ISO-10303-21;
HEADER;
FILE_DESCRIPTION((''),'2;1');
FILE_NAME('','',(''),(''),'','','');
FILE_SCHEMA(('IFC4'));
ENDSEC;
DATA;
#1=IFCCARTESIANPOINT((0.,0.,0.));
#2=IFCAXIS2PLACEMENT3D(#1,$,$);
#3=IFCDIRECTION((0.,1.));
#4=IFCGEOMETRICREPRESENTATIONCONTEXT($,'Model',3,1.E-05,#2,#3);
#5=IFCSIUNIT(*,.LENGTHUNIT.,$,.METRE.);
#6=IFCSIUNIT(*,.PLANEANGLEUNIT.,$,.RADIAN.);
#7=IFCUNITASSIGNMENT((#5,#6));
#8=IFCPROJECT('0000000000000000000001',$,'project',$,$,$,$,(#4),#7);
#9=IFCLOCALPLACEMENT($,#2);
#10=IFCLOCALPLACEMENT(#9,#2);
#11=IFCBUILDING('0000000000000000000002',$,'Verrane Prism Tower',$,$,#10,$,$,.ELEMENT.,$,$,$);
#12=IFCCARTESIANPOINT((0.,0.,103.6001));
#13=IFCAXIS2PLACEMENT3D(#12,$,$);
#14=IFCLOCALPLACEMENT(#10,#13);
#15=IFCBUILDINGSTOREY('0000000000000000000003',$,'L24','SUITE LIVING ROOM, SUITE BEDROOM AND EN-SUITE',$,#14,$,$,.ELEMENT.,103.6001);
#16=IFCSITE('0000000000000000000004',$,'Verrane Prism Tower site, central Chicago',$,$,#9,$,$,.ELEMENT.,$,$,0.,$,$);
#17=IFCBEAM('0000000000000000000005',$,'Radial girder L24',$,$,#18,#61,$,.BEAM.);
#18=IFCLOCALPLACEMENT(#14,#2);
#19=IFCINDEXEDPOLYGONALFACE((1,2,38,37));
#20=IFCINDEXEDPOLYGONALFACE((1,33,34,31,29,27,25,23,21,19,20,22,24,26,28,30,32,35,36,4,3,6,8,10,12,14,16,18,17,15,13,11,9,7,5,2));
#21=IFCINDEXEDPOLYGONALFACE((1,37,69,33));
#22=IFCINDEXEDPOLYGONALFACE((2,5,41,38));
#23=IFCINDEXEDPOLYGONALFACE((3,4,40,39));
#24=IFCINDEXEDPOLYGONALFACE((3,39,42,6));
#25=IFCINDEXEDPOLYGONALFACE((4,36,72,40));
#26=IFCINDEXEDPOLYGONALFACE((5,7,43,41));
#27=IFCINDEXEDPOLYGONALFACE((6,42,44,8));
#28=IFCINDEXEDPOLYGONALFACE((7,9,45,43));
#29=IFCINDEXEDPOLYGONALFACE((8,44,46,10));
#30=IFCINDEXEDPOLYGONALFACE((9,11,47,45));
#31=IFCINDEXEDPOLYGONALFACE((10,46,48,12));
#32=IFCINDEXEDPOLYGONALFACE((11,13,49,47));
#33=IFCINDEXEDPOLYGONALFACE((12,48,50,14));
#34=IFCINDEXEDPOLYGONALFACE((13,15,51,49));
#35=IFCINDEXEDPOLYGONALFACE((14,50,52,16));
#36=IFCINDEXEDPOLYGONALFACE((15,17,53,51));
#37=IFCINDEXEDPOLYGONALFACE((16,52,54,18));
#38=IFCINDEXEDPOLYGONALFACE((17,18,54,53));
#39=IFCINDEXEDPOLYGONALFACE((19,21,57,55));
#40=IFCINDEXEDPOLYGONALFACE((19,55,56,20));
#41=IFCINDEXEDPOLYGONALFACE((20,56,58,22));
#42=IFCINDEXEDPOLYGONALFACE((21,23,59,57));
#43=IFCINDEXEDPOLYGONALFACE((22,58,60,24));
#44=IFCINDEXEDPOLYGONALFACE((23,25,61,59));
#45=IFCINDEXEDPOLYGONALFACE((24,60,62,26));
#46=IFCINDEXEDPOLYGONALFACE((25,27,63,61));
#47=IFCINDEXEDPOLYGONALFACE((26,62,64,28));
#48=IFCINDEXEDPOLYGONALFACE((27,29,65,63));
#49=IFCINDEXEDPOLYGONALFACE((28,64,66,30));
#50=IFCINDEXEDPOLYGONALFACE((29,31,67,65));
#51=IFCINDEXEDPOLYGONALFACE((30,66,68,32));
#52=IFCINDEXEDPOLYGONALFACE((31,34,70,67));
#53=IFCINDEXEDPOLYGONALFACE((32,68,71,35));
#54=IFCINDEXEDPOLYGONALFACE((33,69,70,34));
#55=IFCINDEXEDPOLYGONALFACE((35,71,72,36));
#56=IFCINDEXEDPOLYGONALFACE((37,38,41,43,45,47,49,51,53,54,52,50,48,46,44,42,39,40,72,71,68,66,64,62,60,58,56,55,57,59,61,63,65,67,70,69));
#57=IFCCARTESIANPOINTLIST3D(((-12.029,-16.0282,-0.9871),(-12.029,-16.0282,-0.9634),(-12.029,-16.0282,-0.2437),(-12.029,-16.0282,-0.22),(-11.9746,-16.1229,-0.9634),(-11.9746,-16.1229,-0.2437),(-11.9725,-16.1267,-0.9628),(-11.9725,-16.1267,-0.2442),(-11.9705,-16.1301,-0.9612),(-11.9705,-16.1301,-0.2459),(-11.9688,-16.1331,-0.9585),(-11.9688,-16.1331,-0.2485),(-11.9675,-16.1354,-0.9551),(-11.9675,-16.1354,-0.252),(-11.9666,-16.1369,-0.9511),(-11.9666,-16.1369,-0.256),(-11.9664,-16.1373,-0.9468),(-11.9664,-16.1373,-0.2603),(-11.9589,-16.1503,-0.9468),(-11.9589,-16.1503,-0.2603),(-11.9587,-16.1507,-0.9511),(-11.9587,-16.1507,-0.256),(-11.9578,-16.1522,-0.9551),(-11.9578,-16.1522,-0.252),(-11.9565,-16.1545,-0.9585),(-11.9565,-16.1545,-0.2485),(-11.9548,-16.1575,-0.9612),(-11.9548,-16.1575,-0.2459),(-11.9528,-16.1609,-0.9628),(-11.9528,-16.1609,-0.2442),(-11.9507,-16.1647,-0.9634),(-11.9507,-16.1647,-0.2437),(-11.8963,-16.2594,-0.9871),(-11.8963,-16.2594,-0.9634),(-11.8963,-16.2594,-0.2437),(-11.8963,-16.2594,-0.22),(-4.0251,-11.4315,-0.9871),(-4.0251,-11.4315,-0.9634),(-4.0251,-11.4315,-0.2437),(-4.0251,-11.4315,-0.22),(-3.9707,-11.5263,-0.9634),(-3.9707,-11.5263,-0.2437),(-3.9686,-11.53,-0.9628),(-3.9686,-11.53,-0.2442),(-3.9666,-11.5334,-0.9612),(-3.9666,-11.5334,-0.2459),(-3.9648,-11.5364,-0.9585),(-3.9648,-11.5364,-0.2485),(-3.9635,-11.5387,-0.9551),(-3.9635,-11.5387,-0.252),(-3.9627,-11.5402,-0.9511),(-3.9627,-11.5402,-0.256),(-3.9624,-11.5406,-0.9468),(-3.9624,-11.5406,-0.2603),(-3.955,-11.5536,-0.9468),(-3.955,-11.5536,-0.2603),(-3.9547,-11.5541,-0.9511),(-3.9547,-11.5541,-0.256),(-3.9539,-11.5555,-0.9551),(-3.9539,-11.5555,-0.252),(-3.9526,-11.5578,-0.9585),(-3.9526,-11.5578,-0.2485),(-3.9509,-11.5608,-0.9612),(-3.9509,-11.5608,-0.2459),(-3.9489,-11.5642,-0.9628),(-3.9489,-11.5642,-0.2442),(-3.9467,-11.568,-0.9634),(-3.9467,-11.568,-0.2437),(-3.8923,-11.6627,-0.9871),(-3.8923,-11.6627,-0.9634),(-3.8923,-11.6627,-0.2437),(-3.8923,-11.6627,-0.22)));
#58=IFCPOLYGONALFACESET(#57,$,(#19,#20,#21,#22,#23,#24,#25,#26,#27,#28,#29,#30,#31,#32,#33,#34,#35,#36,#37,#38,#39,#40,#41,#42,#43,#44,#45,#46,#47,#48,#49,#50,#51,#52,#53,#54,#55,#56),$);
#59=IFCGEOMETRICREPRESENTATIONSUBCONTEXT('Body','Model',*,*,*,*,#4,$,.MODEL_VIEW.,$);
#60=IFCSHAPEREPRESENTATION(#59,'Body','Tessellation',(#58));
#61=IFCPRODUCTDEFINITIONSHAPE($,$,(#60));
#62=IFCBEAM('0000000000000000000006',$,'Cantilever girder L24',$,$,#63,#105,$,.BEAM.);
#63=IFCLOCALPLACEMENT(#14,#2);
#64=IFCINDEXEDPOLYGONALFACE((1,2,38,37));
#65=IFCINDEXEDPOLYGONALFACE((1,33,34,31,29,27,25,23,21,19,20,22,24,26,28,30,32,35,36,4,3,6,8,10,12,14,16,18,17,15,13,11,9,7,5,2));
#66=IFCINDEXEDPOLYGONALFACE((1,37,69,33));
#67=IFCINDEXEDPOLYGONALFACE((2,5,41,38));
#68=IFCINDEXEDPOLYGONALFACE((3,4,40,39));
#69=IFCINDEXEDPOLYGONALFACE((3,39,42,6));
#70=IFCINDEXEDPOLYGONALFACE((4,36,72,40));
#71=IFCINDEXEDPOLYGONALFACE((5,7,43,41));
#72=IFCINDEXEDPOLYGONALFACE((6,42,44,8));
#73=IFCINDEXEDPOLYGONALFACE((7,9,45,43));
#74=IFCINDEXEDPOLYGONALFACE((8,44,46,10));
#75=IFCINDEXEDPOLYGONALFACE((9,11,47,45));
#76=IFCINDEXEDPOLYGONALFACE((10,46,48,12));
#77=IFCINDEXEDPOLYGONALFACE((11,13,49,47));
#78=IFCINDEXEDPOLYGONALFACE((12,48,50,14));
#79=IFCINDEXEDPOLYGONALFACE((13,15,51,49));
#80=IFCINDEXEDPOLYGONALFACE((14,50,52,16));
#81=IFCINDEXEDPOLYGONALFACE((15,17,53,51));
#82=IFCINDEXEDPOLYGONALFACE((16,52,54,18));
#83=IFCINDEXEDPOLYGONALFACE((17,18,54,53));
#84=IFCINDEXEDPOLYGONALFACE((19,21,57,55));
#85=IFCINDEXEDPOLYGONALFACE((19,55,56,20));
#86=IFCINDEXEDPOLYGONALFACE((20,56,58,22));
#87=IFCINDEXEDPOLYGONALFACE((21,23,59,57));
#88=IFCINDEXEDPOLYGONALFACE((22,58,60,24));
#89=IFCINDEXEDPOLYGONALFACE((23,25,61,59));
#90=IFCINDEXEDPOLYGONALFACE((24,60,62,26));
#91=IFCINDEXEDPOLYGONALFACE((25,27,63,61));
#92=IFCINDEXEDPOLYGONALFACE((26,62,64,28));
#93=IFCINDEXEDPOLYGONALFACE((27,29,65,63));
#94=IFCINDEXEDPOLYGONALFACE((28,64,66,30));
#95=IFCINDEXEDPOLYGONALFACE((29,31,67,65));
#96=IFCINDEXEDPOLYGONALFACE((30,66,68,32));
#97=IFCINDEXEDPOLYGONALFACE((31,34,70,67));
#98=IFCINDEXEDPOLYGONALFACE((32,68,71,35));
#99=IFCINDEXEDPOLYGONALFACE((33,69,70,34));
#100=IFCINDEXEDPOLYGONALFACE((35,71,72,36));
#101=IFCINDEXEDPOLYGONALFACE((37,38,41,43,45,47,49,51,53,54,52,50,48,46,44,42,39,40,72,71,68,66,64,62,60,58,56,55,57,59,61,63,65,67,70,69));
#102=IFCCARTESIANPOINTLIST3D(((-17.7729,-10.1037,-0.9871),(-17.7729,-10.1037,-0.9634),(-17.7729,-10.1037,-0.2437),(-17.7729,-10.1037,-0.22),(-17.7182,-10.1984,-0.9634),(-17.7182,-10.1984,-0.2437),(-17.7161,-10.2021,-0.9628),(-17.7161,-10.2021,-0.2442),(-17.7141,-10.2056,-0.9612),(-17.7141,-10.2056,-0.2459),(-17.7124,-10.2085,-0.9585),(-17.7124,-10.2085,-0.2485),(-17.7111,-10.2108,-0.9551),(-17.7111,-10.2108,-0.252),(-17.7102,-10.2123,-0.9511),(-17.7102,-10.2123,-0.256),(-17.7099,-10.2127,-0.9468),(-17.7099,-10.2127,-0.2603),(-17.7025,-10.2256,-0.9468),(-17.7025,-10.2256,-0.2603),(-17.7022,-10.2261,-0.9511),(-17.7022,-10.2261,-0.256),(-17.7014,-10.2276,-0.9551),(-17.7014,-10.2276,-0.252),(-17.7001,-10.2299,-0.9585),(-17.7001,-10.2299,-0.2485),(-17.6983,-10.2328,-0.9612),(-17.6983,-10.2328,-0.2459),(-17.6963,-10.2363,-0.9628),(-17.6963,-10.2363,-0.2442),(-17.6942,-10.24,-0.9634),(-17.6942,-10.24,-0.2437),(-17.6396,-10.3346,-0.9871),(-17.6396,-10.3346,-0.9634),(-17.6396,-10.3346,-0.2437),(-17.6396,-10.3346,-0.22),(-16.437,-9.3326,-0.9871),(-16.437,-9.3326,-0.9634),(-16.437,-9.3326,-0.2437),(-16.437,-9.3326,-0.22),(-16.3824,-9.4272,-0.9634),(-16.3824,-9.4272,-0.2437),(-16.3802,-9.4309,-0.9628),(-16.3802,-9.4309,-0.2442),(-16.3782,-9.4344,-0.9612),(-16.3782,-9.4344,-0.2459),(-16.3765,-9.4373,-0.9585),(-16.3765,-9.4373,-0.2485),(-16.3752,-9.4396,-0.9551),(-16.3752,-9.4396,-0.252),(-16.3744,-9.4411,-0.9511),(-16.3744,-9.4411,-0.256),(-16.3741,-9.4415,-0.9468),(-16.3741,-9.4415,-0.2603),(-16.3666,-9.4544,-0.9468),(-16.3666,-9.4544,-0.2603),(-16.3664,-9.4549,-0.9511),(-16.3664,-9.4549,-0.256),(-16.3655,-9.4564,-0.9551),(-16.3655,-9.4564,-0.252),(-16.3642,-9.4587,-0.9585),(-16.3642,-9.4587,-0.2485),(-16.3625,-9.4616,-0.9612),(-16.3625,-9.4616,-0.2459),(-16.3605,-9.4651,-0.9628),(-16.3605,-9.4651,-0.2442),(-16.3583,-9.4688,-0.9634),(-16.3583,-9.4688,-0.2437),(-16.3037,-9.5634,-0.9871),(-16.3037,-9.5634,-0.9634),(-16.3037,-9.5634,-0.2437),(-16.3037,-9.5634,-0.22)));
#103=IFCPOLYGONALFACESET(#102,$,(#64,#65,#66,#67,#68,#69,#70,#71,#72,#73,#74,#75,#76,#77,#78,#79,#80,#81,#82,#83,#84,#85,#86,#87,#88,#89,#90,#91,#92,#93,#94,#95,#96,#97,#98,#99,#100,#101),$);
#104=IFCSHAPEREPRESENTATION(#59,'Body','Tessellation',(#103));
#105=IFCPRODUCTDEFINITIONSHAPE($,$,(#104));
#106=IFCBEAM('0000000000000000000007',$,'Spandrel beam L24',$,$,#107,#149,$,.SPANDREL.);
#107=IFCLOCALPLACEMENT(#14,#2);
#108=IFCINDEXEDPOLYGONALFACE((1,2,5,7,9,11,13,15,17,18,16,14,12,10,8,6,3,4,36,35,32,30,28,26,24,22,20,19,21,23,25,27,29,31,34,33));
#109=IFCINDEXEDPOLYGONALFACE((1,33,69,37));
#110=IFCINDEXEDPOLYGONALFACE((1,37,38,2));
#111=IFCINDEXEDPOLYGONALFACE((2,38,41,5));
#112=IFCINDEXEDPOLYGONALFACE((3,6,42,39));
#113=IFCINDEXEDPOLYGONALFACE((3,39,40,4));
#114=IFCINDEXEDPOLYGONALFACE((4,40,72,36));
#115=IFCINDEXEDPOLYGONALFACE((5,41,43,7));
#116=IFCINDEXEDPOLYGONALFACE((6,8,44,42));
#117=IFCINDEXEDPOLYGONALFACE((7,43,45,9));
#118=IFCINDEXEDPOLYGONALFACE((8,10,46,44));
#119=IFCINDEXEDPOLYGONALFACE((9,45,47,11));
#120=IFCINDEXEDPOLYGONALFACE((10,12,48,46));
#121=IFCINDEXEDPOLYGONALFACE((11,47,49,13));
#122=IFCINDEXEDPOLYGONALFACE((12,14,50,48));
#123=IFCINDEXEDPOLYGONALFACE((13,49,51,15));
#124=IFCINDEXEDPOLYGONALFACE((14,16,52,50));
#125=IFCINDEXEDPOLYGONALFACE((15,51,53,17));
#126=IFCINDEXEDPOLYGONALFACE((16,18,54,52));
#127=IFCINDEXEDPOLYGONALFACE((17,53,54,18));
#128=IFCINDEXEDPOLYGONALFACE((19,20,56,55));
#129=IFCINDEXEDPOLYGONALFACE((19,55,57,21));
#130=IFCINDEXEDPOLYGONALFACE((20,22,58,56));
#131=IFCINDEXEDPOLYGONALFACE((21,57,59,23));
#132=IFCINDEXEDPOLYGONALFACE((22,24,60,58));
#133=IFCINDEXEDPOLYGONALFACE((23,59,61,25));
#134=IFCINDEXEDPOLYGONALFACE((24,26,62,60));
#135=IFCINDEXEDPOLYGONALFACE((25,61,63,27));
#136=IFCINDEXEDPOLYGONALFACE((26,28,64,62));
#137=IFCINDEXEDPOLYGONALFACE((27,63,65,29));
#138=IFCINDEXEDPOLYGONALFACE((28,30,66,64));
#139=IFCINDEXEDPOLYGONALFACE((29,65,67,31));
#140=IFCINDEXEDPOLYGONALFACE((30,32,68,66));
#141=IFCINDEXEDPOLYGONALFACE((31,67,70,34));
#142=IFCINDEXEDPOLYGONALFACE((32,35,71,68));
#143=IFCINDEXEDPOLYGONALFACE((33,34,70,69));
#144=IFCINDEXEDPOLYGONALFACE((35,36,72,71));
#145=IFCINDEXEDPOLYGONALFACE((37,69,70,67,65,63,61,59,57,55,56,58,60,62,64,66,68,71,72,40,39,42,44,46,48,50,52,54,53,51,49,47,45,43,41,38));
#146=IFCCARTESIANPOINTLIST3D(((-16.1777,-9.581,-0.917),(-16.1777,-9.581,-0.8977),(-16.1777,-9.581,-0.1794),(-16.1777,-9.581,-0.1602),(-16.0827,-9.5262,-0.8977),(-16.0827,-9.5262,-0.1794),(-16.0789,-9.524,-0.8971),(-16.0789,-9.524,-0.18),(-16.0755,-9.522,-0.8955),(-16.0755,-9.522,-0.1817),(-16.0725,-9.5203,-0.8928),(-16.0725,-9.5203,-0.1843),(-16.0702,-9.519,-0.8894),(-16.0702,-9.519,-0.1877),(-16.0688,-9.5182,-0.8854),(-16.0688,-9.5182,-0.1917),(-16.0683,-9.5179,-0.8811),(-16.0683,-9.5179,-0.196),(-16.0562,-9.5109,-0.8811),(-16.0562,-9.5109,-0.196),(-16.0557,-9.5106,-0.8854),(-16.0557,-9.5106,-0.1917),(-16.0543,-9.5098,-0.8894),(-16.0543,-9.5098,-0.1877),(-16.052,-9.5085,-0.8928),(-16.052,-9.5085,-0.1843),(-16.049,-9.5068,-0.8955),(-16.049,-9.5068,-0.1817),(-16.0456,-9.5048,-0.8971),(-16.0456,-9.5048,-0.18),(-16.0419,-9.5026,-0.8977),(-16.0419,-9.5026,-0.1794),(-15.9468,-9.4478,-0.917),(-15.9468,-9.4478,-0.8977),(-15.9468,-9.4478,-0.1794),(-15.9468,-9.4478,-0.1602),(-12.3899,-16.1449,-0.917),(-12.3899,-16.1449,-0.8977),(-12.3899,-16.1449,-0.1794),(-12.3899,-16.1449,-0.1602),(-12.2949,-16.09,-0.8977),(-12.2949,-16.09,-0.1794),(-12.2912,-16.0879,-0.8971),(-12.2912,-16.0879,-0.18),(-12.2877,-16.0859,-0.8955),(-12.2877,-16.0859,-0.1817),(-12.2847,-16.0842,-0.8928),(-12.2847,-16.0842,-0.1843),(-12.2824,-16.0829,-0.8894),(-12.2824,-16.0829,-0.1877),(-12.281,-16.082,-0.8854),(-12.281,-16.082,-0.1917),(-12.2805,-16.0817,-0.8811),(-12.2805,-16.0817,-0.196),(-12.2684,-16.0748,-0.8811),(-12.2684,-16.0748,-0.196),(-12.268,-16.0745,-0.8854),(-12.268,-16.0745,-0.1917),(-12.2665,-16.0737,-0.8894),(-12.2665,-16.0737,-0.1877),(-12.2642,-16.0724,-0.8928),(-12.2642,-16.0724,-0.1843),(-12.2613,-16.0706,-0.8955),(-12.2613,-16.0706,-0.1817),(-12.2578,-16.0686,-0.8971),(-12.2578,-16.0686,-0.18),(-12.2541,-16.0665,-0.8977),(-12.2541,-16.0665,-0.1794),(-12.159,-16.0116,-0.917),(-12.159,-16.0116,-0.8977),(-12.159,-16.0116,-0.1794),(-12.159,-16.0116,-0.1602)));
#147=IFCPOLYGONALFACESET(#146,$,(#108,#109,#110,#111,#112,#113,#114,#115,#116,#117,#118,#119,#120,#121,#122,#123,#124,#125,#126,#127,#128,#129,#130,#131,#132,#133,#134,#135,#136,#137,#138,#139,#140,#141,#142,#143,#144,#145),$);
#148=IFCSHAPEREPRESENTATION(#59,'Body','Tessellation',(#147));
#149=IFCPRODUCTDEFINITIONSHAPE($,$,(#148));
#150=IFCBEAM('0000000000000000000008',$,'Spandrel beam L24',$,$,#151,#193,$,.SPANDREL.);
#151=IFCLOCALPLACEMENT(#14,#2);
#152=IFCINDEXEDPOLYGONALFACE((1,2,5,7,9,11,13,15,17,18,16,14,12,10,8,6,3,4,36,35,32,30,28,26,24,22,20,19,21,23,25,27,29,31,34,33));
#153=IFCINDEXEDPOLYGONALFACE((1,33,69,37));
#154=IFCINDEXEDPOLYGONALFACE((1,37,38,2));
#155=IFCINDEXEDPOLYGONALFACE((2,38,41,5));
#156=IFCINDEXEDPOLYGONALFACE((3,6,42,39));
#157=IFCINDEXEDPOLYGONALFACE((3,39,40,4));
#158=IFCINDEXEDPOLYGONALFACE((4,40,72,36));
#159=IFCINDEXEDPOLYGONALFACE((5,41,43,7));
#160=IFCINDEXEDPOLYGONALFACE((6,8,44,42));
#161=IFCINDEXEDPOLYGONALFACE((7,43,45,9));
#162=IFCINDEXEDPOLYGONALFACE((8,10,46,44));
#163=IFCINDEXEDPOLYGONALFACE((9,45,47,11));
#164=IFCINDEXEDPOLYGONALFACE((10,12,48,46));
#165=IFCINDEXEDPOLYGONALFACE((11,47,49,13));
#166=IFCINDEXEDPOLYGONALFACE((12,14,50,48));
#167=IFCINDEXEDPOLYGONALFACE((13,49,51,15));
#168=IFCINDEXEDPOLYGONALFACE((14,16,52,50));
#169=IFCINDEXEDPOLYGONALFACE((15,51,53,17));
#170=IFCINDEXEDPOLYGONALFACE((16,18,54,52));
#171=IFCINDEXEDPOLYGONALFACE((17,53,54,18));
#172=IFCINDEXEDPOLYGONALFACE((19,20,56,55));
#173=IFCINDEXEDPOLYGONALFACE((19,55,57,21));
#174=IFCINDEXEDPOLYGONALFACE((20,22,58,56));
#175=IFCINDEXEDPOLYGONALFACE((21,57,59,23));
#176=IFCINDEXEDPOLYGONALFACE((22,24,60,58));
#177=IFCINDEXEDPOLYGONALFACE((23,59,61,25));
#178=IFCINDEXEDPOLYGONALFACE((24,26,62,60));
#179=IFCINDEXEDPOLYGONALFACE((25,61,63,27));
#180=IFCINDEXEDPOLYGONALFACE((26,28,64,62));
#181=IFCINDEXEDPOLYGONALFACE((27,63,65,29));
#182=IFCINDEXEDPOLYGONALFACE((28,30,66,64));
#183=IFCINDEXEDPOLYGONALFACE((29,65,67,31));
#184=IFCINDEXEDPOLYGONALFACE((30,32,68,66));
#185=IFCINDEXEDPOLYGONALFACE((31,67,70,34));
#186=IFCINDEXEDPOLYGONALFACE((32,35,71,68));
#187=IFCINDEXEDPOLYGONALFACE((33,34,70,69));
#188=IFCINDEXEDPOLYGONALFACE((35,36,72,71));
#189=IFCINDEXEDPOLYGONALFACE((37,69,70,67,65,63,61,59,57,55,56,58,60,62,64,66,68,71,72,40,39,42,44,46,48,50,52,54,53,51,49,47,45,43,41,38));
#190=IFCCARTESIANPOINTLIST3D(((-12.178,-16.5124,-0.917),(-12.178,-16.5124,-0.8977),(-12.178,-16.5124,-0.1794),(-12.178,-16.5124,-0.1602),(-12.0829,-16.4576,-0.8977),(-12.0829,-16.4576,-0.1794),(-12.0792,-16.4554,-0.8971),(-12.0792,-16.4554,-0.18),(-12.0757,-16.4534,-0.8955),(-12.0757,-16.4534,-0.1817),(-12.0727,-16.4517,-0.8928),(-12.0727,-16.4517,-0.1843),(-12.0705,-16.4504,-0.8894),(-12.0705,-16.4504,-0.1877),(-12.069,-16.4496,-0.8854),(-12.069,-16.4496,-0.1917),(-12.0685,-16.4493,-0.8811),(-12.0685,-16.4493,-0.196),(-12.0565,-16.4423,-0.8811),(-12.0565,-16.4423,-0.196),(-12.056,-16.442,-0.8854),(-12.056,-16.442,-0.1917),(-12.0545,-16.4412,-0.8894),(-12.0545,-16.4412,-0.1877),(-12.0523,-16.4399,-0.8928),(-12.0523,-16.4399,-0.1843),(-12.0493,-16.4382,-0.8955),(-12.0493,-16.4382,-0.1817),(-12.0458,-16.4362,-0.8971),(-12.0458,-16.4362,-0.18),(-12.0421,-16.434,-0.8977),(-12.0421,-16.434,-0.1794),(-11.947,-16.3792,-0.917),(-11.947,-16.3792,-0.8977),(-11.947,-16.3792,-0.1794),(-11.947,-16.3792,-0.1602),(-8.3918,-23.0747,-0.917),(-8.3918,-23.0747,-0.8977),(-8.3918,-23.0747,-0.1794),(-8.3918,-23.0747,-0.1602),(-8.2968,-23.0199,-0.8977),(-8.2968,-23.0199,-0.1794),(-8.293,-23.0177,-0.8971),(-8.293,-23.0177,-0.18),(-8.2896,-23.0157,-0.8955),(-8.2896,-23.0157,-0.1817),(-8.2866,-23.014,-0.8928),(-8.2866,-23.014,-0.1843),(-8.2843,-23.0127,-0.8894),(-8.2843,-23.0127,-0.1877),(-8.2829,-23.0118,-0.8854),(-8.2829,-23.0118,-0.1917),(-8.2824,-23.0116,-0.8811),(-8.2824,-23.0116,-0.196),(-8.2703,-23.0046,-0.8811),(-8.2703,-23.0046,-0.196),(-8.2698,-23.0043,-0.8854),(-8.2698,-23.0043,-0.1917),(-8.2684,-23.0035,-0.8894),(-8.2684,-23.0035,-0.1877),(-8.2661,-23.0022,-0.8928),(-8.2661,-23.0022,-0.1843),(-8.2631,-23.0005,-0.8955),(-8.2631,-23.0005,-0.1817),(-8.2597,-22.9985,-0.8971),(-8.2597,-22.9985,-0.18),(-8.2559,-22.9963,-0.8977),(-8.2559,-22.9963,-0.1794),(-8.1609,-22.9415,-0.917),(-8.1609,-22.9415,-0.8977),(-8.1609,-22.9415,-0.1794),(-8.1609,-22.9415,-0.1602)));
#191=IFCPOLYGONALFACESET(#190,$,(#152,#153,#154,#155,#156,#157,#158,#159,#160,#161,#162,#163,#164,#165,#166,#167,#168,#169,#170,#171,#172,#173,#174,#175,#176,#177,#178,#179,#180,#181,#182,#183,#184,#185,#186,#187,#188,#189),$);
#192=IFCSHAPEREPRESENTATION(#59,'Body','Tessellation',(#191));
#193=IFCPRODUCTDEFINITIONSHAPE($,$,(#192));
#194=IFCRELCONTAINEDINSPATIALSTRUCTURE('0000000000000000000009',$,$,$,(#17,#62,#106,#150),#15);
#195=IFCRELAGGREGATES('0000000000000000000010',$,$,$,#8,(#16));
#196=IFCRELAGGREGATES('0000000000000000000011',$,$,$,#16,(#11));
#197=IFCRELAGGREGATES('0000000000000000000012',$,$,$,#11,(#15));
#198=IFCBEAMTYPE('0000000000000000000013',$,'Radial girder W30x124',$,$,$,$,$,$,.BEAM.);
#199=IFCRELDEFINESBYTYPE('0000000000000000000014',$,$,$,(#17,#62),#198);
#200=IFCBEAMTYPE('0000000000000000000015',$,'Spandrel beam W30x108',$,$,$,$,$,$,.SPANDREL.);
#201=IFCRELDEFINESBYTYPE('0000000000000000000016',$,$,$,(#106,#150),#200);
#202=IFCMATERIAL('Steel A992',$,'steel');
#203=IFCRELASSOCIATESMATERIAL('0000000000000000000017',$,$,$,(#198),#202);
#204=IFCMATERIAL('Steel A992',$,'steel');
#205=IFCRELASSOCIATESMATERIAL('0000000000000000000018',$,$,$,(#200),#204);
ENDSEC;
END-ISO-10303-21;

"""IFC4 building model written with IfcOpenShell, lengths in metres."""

from ifc_helpers import new_model, si_unit, direction, frame, origin, origin_2d, place, context, subcontext, project, spatial, i_section, extrude, material, material_profile, profile_set, type_object, element, save


model = new_model("IFC4")

# Units and contexts
model_context = context("Model", 3, precision=1e-05, world=origin(), true_north=direction((0.0, 1.0)))
body_context = subcontext(model_context, "Body", "Model", "MODEL_VIEW")
ifc_project = project(units=[si_unit("LENGTHUNIT", "METRE"), si_unit("PLANEANGLEUNIT", "RADIAN")], contexts=[model_context])

# Site, building, storey
site_placement = place(None, origin())
site = spatial("IfcSite", under=ifc_project, at=site_placement, Name="Verrane Prism Tower site, central Chicago", CompositionType="ELEMENT", RefElevation=0.0)
building_placement = place(site_placement, origin())
building = spatial("IfcBuilding", under=site, at=building_placement, Name="Verrane Prism Tower", CompositionType="ELEMENT")
storey_placement = place(building_placement, frame((0.0, 0.0, 103.6001)))
storey = spatial("IfcBuildingStorey", under=building, at=storey_placement, Name="L24", Description="SUITE LIVING ROOM, SUITE BEDROOM AND EN-SUITE", CompositionType="ELEMENT", Elevation=103.6001)

# Beams
ifc_material_1 = material(Name="Steel A992", Category="steel")
ifc_material_profile_1 = material_profile(ifc_material_1, i_section(OverallWidth=0.2666, OverallDepth=0.7671, WebThickness=0.0149, FlangeThickness=0.0237, FilletRadius=0.0166, at=origin_2d()), Name="W30x124")
ifc_profile_set_1 = profile_set([ifc_material_profile_1], Name="Steel A992")
beam_type_1 = type_object("IfcBeamType", Name="Radial girder W30x124", PredefinedType="BEAM", material=ifc_profile_set_1)
beam_1_placement = place(storey_placement, frame((-11.9626, -16.1438, -0.6035), z_axis=(0.867167, 0.498018, 0.0), x_axis=(-0.498018, 0.867167, 0.0)))
element("IfcBeam", 1, at=beam_1_placement, inside=storey, type_object=beam_type_1, Name="Radial girder L24", PredefinedType="BEAM", context=body_context, shape_type="SweptSolid", body=[
    extrude(i_section(OverallWidth=0.2666, OverallDepth=0.7671, WebThickness=0.0149, FlangeThickness=0.0237, FilletRadius=0.0166, at=origin_2d()), origin(), (0.0, 0.0, 1.0), 9.23),
])
beam_2_placement = place(storey_placement, frame((-16.3704, -9.448, -0.6035), z_axis=(-0.866043, -0.499969, 0.0), x_axis=(0.499969, -0.866043, 0.0)))
element("IfcBeam", 2, at=beam_2_placement, inside=storey, type_object=beam_type_1, Name="Cantilever girder L24", PredefinedType="BEAM", context=body_context, shape_type="SweptSolid", body=[
    extrude(i_section(OverallWidth=0.2666, OverallDepth=0.7671, WebThickness=0.0149, FlangeThickness=0.0237, FilletRadius=0.0166, at=origin_2d()), origin(), (0.0, 0.0, 1.0), 1.5425),
])
ifc_material_2 = material(Name="Steel A992", Category="steel")
ifc_material_profile_2 = material_profile(ifc_material_2, i_section(OverallWidth=0.2666, OverallDepth=0.7568, WebThickness=0.0139, FlangeThickness=0.0193, FilletRadius=0.0166, at=origin_2d()), Name="W30x108")
ifc_profile_set_2 = profile_set([ifc_material_profile_2], Name="Steel A992")
beam_type_2 = type_object("IfcBeamType", Name="Spandrel beam W30x108", PredefinedType="SPANDREL", material=ifc_profile_set_2)
beam_3_placement = place(storey_placement, frame((-16.0623, -9.5144, -0.5386), z_axis=(0.499815, -0.866132, 0.0), x_axis=(0.866132, 0.499815, 0.0)))
element("IfcBeam", 3, at=beam_3_placement, inside=storey, type_object=beam_type_2, Name="Spandrel beam L24", PredefinedType="SPANDREL", context=body_context, shape_type="SweptSolid", body=[
    extrude(i_section(OverallWidth=0.2666, OverallDepth=0.7568, WebThickness=0.0139, FlangeThickness=0.0193, FilletRadius=0.0166, at=origin_2d()), origin(), (0.0, 0.0, 1.0), 7.5784),
])
beam_4_placement = place(storey_placement, frame((-12.0625, -16.4458, -0.5386), z_axis=(0.499744, -0.866173, 0.0), x_axis=(0.866173, 0.499744, 0.0)))
element("IfcBeam", 4, at=beam_4_placement, inside=storey, type_object=beam_type_2, Name="Spandrel beam L24", PredefinedType="SPANDREL", context=body_context, shape_type="SweptSolid", body=[
    extrude(i_section(OverallWidth=0.2666, OverallDepth=0.7568, WebThickness=0.0139, FlangeThickness=0.0193, FilletRadius=0.0166, at=origin_2d()), origin(), (0.0, 0.0, 1.0), 7.5762),
])

save(model, "model.ifc")
